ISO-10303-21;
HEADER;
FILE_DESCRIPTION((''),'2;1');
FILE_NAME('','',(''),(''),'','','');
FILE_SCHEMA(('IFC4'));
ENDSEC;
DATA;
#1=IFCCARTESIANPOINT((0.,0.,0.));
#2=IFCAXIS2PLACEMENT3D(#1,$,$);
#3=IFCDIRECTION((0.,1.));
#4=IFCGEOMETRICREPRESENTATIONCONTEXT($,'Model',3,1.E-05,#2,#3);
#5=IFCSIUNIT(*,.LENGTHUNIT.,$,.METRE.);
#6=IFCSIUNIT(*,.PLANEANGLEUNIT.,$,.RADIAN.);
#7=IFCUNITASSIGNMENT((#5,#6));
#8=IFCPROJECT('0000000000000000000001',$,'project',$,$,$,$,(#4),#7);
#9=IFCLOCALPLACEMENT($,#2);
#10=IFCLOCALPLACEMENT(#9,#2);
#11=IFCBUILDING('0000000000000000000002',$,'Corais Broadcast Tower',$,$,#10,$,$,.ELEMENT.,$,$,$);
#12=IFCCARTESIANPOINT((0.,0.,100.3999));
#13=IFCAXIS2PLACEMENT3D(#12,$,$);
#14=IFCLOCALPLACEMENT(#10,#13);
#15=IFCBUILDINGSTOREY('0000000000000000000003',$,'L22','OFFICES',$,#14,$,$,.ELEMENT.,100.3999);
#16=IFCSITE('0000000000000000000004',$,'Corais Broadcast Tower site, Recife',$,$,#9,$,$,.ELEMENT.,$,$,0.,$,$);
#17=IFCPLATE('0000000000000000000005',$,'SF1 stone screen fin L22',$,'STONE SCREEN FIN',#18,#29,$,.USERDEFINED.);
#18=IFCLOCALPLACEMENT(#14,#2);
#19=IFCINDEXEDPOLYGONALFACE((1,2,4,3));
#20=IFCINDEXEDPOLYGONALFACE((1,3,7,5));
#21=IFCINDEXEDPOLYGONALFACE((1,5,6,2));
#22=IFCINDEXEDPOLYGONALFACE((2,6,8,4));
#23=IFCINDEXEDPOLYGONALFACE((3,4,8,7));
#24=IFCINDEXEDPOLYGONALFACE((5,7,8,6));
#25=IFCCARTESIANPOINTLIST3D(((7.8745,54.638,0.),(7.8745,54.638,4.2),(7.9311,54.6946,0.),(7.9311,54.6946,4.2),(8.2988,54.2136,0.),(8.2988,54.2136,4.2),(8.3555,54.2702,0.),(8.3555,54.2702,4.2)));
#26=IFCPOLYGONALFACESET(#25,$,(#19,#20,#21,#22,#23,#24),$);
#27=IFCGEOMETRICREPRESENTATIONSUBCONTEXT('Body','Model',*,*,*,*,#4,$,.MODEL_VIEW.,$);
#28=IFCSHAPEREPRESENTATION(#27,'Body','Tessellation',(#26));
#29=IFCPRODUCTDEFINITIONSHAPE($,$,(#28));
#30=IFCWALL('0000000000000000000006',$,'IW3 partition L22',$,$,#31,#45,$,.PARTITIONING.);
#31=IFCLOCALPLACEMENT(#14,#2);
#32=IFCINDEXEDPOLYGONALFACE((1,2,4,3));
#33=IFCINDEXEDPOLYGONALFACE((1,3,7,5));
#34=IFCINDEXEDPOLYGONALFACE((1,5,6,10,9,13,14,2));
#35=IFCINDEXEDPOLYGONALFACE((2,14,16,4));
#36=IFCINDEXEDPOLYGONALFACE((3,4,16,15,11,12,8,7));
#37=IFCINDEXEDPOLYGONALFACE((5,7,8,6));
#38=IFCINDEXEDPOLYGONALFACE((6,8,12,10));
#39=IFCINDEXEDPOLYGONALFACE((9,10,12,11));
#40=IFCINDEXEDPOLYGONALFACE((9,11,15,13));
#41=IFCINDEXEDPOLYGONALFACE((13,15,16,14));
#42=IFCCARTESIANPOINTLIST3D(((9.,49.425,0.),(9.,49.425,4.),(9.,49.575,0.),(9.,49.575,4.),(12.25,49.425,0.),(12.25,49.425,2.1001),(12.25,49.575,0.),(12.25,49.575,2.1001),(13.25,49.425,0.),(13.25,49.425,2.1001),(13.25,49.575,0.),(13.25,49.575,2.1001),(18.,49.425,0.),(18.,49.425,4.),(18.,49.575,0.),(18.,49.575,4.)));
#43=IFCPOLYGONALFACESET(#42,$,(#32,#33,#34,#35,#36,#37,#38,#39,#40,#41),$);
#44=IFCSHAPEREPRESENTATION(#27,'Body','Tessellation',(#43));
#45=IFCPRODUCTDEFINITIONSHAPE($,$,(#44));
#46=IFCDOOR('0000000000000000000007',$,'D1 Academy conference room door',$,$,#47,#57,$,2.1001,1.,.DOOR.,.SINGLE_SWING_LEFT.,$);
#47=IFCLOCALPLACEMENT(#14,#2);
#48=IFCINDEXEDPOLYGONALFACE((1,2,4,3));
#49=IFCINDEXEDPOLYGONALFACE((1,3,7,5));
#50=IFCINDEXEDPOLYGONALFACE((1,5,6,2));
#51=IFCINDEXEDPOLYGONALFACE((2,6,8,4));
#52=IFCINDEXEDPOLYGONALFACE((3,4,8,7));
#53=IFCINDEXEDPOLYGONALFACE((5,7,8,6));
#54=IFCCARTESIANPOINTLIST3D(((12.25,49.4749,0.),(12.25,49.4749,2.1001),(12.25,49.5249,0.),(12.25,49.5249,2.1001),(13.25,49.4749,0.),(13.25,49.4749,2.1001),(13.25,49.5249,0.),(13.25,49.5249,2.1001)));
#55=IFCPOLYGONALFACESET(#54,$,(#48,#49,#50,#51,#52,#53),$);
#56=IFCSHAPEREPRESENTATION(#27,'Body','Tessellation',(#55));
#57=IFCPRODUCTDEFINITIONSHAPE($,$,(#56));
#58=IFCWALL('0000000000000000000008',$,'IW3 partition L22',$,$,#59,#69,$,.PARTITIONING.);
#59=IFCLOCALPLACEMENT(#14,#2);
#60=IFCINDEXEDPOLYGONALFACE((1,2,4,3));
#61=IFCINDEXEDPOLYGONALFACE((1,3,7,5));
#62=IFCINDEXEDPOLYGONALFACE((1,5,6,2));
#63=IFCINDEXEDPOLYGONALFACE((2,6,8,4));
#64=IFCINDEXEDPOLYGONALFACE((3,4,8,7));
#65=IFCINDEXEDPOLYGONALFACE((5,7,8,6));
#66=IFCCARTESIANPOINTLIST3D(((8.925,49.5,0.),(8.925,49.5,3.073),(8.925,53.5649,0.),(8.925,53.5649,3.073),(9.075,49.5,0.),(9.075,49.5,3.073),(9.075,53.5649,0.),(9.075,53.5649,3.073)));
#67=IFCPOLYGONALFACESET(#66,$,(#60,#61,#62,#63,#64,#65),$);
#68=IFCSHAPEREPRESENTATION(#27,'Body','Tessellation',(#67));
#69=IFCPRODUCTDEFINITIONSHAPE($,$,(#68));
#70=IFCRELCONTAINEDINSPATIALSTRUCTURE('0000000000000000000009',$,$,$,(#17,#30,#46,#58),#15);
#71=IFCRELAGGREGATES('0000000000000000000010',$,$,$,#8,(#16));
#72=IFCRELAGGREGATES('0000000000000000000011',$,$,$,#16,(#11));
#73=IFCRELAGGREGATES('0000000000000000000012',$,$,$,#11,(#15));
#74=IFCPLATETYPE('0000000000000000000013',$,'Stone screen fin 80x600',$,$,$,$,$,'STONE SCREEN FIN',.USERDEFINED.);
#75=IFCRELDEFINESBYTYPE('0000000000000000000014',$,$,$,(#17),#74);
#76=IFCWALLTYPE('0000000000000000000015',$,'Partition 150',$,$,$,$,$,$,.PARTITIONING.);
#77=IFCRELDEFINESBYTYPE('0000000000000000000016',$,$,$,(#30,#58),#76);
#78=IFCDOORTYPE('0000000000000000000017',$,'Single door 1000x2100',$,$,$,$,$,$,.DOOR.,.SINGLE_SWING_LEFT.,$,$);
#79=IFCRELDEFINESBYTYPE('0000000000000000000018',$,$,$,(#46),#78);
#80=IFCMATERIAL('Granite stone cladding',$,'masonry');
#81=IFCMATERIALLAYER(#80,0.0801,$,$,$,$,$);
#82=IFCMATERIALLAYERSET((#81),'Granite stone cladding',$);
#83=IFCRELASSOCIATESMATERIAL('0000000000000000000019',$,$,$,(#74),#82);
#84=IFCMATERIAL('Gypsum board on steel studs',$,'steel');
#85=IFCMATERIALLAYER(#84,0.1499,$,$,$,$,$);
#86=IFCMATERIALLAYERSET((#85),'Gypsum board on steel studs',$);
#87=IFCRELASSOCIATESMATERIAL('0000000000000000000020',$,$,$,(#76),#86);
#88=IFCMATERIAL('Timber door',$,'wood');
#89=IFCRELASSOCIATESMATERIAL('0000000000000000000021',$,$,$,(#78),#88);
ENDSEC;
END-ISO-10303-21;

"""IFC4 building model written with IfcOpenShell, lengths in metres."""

from ifc_helpers import new_model, si_unit, direction, frame, frame_2d, origin, origin_2d, place, context, subcontext, project, spatial, rectangle, extrude, material, layer, layer_set, type_object, element, fill, save


model = new_model("IFC4")

# Units and contexts
model_context = context("Model", 3, precision=1e-05, world=origin(), true_north=direction((0.0, 1.0)))
body_context = subcontext(model_context, "Body", "Model", "MODEL_VIEW")
ifc_project = project(units=[si_unit("LENGTHUNIT", "METRE"), si_unit("PLANEANGLEUNIT", "RADIAN")], contexts=[model_context])

# Site, building, storey
site_placement = place(None, origin())
site = spatial("IfcSite", under=ifc_project, at=site_placement, Name="Corais Broadcast Tower site, Recife", CompositionType="ELEMENT", RefElevation=0.0)
building_placement = place(site_placement, origin())
building = spatial("IfcBuilding", under=site, at=building_placement, Name="Corais Broadcast Tower", CompositionType="ELEMENT")
storey_placement = place(building_placement, frame((0.0, 0.0, 100.3999)))
storey = spatial("IfcBuildingStorey", under=building, at=storey_placement, Name="L22", Description="OFFICES", CompositionType="ELEMENT", Elevation=100.3999)

# Plate
ifc_material_1 = material(Name="Granite stone cladding", Category="masonry")
ifc_layer_1 = layer(ifc_material_1, 0.0801)
ifc_layer_set_1 = layer_set([ifc_layer_1], Name="Granite stone cladding")
plate_type_1 = type_object("IfcPlateType", Name="Stone screen fin 80x600", ElementType="STONE SCREEN FIN", PredefinedType="USERDEFINED", material=ifc_layer_set_1)
for number, where, z_axis, x_axis, name in (
    (1, (8.115, 54.4541, 0.0), (0.0, 0.0, 1.0), (0.707107, 0.707107, 0.0), "SF1 stone screen fin L22"),
):
    element("IfcPlate", number, at=place(storey_placement, frame(where, z_axis=z_axis, x_axis=x_axis)), inside=storey, type_object=plate_type_1, Name=name, ObjectType="STONE SCREEN FIN", PredefinedType="USERDEFINED", context=body_context, shape_type="SweptSolid", body=[
        extrude(rectangle(XDim=0.0801, YDim=0.6001, at=origin_2d()), origin(), (0.0, 0.0, 1.0), 4.2),
    ])

# Wall, opening, door
ifc_material_2 = material(Name="Gypsum board on steel studs", Category="steel")
ifc_layer_2 = layer(ifc_material_2, 0.1499)
ifc_layer_set_2 = layer_set([ifc_layer_2], Name="Gypsum board on steel studs")
wall_type = type_object("IfcWallType", Name="Partition 150", PredefinedType="PARTITIONING", material=ifc_layer_set_2)
wall_1_placement = place(storey_placement, frame((9.0, 49.5, 0.0), z_axis=(0.0, 0.0, 1.0), x_axis=(1.0, 0.0, 0.0)))
wall_1 = element("IfcWall", 2, at=wall_1_placement, inside=storey, type_object=wall_type, Name="IW3 partition L22", PredefinedType="PARTITIONING", context=body_context, shape_type="SweptSolid", body=[
    extrude(rectangle(XDim=9.0, YDim=0.1499, at=frame_2d((4.5, 0.0))), origin(), (0.0, 0.0, 1.0), 4.0),
])
opening_placement = place(wall_1_placement, frame((3.25, 0.0, 0.0)))
opening = element("IfcOpeningElement", 3, at=opening_placement, cuts=wall_1, PredefinedType="OPENING", context=body_context, shape_type="SweptSolid", body=[
    extrude(rectangle(XDim=1.0, YDim=2.1001, at=frame_2d((0.5, 1.05))), frame((0.0, 0.085, 0.0), z_axis=(0.0, -1.0, 0.0), x_axis=(1.0, 0.0, 0.0)), (0.0, 0.0, 1.0), 0.1699),
])
ifc_material_3 = material(Name="Timber door", Category="wood")
door_type = type_object("IfcDoorType", Name="Single door 1000x2100", OperationType="SINGLE_SWING_LEFT", PredefinedType="DOOR", material=ifc_material_3)
door_placement = place(opening_placement, origin())
door = element("IfcDoor", 4, at=door_placement, inside=storey, type_object=door_type, Name="D1 Academy conference room door", OperationType="SINGLE_SWING_LEFT", OverallHeight=2.1001, OverallWidth=1.0, PredefinedType="DOOR", context=body_context, shape_type="SweptSolid", body=[
    extrude(rectangle(XDim=1.0, YDim=2.1001, at=frame_2d((0.5, 1.05))), frame((0.0, 0.0249, 0.0), z_axis=(0.0, -1.0, 0.0), x_axis=(1.0, 0.0, 0.0)), (0.0, 0.0, 1.0), 0.05),
])
fill(opening, door)

# Wall
wall_2_placement = place(storey_placement, frame((9.0, 53.5649, 0.0), z_axis=(0.0, 0.0, 1.0), x_axis=(0.0, -1.0, 0.0)))
element("IfcWall", 5, at=wall_2_placement, inside=storey, type_object=wall_type, Name="IW3 partition L22", PredefinedType="PARTITIONING", context=body_context, shape_type="SweptSolid", body=[
    extrude(rectangle(XDim=4.0649, YDim=0.1499, at=frame_2d((2.0325, 0.0))), origin(), (0.0, 0.0, 1.0), 3.073),
])

save(model, "model.ifc")
